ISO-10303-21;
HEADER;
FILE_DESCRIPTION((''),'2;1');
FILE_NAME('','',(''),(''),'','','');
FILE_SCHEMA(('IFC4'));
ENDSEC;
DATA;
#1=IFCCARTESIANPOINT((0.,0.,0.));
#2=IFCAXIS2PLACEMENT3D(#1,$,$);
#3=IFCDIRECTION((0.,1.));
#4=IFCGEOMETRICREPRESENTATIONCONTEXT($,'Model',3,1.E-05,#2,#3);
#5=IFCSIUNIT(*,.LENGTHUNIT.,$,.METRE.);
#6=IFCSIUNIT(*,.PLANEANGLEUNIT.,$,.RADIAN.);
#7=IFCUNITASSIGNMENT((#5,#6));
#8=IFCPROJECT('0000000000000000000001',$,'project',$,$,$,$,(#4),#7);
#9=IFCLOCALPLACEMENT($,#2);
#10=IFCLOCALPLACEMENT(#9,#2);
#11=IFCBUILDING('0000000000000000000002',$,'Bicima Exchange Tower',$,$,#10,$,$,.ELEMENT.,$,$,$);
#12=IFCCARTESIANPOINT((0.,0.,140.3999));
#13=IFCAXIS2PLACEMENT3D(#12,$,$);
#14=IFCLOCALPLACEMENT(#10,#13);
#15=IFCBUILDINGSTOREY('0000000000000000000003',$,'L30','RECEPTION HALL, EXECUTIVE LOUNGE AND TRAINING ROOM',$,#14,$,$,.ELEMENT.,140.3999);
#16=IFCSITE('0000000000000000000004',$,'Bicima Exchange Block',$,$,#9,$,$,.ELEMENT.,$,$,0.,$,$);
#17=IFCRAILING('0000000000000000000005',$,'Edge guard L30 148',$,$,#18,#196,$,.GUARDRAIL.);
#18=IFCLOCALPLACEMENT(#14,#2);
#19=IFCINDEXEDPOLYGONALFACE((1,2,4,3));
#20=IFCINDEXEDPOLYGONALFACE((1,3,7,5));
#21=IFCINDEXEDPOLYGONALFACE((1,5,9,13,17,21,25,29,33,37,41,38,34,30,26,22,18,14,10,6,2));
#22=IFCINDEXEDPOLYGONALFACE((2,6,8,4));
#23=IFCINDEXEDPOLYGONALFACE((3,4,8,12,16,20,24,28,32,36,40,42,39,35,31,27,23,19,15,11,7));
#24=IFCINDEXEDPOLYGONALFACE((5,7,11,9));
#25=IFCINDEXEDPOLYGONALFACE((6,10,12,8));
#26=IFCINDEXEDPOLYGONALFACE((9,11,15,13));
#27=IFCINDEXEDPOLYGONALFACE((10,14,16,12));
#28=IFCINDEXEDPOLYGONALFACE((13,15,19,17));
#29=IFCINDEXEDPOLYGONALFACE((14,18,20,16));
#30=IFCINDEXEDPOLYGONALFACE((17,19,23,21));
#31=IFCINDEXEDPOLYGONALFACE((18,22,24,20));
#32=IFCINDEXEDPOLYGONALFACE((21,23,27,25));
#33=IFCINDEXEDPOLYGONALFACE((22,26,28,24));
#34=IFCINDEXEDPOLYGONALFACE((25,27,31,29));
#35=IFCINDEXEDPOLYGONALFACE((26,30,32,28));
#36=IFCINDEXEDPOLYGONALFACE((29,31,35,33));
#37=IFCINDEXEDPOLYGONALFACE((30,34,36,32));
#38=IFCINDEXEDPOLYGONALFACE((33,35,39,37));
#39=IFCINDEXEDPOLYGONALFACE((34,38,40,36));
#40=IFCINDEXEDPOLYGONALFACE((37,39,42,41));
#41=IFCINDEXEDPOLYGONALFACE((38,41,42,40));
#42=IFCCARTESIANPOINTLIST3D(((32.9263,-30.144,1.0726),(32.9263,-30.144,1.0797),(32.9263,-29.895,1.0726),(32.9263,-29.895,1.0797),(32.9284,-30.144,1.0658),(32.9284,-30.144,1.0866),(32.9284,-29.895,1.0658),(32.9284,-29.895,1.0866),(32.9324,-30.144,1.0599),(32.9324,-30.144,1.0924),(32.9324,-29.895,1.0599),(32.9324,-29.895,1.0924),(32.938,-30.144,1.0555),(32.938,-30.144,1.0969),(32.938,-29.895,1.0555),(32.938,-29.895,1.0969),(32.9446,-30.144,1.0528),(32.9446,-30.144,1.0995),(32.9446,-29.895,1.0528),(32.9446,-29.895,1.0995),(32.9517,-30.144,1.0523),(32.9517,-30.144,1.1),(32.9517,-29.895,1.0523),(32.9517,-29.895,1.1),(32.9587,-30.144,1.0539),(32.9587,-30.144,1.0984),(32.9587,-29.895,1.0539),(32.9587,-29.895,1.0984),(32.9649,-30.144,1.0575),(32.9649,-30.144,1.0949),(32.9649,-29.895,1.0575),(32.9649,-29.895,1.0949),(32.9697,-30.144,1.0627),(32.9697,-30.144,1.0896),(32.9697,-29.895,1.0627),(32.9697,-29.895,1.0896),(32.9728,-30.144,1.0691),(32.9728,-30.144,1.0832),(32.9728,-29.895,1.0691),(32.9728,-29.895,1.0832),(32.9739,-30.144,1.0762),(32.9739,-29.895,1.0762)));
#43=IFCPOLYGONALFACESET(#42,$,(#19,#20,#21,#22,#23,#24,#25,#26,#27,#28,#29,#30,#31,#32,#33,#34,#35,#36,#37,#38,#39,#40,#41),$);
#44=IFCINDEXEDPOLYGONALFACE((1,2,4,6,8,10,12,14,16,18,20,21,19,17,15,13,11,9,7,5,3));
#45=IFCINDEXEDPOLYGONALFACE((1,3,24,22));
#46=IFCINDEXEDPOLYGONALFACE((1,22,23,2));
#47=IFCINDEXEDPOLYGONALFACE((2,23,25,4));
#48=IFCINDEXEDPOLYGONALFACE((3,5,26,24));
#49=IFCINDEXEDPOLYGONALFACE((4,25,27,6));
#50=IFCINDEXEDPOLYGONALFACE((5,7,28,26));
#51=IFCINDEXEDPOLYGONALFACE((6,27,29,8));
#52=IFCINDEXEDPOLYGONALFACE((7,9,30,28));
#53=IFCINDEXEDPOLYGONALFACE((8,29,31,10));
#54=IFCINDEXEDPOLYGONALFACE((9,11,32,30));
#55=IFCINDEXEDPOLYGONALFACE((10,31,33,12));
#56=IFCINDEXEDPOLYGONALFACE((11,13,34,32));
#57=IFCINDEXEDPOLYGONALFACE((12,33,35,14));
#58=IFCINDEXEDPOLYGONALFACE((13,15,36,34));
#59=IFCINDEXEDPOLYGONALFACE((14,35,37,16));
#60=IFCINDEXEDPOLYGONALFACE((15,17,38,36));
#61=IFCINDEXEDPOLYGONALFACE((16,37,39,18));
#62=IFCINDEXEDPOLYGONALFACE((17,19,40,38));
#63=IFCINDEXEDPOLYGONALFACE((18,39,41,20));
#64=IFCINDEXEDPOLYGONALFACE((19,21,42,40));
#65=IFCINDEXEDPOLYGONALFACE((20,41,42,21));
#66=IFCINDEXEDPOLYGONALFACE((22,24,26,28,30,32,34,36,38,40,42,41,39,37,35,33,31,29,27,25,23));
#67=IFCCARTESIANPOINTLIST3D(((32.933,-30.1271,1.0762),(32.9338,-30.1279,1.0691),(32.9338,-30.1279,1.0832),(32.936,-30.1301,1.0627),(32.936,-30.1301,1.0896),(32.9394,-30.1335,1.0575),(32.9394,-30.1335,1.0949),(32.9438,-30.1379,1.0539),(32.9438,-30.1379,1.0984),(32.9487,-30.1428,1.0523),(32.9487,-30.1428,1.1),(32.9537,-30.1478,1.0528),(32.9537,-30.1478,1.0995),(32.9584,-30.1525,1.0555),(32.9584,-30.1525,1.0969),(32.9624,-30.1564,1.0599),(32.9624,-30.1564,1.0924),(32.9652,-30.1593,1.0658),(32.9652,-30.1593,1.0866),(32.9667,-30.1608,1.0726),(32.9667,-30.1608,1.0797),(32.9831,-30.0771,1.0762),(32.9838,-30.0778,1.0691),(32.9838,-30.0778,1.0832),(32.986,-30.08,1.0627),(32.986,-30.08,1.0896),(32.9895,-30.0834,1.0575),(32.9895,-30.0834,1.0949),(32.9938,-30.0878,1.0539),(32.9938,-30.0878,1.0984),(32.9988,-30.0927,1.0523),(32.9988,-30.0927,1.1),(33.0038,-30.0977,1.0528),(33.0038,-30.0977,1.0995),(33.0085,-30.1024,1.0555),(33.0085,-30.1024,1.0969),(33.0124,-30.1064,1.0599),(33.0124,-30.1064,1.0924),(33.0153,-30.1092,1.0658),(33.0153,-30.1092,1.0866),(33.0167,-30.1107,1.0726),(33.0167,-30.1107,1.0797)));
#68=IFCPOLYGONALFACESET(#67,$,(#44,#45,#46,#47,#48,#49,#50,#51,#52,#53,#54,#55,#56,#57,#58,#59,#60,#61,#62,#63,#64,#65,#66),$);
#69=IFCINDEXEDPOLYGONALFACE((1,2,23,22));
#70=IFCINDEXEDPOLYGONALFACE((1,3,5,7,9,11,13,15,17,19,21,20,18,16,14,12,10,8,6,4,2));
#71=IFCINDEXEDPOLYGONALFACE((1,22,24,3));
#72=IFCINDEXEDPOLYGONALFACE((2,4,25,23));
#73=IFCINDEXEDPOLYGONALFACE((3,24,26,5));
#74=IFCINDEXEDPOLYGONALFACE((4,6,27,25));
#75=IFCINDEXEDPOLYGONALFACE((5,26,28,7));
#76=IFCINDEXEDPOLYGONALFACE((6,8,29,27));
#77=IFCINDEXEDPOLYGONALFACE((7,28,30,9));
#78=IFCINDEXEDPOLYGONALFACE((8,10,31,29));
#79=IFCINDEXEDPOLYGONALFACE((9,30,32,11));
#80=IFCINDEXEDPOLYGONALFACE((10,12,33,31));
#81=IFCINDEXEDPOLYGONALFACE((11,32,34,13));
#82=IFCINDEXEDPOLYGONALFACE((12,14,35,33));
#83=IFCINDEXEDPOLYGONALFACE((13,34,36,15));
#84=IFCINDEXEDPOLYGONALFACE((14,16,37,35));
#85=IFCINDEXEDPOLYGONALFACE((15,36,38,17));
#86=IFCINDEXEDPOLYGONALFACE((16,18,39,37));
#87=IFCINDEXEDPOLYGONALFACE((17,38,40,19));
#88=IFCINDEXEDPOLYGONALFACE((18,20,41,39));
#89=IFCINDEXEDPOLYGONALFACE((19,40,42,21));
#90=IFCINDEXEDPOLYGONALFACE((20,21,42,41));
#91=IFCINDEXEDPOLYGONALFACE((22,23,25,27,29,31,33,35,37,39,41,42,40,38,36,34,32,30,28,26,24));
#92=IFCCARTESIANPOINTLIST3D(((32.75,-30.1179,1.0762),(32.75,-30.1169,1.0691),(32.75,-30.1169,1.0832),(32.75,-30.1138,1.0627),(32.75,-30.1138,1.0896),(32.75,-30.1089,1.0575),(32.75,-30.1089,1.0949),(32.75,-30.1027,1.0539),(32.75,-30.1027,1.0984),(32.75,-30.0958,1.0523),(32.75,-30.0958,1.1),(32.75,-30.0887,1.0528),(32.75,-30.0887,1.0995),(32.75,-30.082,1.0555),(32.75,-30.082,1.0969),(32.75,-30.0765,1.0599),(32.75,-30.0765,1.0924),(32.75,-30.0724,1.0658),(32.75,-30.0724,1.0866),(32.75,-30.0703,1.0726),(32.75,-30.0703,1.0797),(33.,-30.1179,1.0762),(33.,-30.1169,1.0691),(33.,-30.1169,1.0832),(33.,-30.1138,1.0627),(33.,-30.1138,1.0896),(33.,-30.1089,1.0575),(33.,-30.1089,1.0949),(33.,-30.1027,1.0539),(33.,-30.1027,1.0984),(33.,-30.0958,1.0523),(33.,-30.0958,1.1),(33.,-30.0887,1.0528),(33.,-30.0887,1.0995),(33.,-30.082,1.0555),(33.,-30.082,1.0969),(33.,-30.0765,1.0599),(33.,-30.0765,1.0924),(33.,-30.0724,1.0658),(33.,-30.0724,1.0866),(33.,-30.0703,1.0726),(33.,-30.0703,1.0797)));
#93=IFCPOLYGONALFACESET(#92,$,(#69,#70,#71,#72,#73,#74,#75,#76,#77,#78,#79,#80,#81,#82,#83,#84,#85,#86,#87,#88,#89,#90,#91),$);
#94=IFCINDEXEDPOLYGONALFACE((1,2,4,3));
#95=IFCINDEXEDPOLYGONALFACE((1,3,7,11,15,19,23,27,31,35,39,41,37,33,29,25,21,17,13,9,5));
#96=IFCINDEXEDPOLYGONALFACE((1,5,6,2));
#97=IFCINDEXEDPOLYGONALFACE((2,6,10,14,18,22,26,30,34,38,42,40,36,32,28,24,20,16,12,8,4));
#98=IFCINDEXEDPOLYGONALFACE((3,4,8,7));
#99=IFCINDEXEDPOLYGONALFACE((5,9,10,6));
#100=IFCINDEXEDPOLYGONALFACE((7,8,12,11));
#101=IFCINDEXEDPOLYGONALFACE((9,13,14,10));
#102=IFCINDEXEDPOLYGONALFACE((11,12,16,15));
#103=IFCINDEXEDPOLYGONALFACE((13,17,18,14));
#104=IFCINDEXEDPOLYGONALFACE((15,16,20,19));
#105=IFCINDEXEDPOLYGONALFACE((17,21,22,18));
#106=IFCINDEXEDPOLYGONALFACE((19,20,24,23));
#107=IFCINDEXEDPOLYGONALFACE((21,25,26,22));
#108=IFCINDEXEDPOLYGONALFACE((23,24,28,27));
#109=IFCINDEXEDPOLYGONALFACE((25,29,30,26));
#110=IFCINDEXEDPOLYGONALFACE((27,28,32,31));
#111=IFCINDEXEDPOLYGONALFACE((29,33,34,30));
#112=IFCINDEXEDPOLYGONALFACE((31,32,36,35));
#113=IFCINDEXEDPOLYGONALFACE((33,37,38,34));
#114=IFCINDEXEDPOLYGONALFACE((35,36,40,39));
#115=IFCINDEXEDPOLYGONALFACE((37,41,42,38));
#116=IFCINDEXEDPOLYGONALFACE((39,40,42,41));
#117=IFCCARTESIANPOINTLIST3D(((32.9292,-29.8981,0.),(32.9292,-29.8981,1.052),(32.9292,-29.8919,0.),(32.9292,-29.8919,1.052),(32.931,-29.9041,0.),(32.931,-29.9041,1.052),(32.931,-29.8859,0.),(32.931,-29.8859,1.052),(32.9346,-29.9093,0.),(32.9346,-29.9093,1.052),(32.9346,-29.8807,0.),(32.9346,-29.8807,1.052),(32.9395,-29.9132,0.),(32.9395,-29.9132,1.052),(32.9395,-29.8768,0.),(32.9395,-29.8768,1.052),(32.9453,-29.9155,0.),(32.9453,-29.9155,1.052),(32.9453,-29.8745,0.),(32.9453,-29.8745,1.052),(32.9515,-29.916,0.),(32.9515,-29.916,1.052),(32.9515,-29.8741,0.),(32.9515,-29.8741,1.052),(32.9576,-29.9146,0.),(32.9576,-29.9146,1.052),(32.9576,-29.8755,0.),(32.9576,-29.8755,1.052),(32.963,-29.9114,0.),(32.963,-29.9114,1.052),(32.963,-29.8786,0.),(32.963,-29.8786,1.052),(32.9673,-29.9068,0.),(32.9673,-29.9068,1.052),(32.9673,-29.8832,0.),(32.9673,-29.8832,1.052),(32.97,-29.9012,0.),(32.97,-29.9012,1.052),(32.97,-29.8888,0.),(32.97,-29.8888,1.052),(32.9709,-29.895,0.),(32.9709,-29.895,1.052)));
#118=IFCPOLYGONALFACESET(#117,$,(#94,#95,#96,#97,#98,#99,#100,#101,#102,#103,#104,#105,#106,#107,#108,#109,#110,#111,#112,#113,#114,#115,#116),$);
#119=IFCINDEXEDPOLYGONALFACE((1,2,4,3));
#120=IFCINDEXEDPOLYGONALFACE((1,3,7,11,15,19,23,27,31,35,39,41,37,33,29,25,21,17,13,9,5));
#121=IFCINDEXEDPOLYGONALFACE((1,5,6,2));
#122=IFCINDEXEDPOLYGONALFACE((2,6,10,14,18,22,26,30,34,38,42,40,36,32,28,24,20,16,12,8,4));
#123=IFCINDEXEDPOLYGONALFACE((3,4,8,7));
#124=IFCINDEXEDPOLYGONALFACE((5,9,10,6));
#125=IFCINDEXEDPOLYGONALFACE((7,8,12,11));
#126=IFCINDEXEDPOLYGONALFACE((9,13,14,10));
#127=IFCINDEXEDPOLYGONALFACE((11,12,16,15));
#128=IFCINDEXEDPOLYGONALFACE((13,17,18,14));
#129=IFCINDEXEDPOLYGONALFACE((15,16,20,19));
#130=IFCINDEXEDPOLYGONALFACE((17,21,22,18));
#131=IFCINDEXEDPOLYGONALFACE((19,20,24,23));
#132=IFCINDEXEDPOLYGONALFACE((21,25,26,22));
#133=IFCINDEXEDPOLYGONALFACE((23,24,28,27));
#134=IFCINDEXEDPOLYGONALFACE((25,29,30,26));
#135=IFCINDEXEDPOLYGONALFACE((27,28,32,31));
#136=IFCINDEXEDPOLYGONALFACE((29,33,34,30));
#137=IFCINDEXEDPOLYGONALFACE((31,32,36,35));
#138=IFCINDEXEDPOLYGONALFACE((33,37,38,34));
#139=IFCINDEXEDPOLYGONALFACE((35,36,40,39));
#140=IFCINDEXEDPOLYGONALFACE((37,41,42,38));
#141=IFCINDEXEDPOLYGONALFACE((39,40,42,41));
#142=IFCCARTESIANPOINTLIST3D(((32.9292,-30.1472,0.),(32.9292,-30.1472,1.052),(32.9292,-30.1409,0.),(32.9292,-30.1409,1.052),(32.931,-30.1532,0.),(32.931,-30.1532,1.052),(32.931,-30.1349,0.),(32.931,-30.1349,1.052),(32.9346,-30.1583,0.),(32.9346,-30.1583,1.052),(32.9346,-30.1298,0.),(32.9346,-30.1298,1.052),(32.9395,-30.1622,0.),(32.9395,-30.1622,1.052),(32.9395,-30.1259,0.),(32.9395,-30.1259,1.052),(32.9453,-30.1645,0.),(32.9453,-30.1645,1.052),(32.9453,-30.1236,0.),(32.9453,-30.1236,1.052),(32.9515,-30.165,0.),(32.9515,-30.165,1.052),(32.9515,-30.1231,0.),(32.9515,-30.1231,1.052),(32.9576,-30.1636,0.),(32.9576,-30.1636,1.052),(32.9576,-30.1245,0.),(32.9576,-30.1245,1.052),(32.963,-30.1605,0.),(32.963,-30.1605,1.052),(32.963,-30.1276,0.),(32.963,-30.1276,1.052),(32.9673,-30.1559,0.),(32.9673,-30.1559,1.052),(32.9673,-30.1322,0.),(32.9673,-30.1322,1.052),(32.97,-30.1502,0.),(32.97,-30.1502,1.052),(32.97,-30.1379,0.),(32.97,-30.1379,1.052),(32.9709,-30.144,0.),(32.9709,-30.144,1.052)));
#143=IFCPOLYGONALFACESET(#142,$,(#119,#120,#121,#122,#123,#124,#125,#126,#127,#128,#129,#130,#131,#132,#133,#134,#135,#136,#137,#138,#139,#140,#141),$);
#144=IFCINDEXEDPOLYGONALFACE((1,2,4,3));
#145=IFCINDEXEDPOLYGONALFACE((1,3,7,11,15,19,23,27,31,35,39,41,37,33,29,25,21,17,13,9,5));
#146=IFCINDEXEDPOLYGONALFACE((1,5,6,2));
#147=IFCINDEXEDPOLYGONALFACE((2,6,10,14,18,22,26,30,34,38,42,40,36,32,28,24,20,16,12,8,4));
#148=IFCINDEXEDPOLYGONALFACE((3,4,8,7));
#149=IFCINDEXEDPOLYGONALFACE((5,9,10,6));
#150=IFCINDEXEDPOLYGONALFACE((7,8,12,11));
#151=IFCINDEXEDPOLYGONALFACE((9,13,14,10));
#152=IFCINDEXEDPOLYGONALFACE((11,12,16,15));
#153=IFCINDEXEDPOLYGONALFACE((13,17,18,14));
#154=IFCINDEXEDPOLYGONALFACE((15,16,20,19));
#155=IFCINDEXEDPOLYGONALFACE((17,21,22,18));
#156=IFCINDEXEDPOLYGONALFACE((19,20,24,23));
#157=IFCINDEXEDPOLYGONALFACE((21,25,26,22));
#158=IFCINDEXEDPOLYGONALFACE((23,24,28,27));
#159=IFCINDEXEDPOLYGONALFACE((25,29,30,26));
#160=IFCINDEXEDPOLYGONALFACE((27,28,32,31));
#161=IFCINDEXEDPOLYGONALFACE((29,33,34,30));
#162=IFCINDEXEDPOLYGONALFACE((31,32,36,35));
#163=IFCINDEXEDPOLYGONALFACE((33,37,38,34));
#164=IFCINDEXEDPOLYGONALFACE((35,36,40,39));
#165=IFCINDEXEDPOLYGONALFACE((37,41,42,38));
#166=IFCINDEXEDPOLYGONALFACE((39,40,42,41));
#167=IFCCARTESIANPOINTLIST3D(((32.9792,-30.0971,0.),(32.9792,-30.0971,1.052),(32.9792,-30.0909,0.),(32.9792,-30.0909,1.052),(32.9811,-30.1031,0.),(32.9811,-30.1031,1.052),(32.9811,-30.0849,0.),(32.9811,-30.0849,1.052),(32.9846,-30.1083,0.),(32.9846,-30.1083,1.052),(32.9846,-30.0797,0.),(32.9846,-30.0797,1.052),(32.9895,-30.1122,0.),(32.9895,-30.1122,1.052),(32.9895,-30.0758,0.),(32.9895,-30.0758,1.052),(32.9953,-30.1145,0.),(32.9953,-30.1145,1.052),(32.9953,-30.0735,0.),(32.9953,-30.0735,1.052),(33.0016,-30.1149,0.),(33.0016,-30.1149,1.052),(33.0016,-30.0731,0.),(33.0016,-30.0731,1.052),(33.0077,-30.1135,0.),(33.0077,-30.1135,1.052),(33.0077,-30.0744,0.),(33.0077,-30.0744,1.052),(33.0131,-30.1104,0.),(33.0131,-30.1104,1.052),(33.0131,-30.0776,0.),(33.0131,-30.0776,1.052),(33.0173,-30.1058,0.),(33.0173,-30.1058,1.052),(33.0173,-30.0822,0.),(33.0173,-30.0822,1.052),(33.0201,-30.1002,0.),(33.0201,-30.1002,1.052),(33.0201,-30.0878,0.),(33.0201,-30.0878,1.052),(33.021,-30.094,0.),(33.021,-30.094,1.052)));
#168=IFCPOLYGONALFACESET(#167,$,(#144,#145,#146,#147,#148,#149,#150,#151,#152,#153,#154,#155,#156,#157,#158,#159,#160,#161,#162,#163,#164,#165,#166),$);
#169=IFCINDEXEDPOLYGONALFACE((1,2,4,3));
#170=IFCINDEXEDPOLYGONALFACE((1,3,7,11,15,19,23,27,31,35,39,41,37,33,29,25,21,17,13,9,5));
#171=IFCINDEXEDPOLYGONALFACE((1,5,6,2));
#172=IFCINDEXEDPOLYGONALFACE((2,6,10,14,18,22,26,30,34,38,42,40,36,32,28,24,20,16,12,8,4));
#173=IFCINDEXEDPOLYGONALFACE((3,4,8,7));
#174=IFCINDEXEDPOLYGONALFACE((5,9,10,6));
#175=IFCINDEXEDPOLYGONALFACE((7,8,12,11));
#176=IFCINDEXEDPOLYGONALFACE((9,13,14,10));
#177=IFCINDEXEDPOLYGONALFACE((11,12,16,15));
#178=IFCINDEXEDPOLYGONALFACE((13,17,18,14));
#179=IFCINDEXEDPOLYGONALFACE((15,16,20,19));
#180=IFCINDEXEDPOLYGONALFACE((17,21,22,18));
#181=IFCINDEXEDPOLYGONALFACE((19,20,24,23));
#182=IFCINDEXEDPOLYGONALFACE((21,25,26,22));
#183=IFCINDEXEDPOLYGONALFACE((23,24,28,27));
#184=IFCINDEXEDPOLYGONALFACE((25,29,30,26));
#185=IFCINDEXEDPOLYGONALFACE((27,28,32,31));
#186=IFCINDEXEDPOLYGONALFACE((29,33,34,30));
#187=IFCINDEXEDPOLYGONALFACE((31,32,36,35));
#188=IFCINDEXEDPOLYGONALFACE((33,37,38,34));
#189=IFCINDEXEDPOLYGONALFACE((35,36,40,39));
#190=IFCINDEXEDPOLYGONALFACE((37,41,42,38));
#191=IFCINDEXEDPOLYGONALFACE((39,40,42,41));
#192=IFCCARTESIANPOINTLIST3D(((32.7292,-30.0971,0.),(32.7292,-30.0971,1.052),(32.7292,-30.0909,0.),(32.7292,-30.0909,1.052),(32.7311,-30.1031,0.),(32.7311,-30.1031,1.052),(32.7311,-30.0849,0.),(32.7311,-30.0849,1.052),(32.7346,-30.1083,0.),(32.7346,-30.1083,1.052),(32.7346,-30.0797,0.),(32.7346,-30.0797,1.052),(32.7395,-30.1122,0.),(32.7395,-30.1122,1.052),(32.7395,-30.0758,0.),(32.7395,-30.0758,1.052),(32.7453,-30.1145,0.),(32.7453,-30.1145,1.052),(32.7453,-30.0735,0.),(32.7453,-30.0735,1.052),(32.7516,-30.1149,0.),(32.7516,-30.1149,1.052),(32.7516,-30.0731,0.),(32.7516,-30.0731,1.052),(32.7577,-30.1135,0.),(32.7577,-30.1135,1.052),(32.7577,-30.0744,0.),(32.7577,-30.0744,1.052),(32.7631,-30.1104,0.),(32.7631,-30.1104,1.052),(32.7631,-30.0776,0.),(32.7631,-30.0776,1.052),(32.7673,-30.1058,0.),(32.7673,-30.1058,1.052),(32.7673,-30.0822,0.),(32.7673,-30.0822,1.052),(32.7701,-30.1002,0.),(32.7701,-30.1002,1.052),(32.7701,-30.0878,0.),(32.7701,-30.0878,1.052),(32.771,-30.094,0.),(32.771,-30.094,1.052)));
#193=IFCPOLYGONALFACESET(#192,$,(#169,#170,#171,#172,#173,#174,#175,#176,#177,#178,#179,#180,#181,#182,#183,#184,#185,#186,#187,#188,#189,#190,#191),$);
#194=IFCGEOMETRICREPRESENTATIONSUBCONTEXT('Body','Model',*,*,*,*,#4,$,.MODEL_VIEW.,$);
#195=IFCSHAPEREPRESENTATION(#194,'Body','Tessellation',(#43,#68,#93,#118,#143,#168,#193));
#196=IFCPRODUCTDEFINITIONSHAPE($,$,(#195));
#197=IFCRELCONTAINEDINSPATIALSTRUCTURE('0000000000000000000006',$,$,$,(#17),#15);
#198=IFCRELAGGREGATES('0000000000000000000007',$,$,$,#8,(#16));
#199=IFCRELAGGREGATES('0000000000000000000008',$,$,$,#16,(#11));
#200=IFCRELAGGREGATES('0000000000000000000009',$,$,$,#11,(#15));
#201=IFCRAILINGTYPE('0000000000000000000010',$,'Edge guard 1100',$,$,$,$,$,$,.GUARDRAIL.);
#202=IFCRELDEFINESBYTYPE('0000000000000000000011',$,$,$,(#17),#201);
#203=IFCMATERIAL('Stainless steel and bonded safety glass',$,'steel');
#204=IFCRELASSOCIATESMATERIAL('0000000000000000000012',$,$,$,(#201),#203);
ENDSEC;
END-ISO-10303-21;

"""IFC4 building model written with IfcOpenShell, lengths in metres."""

from ifc_helpers import new_model, si_unit, direction, frame, origin, origin_2d, place, context, subcontext, project, spatial, circle, extrude, material, type_object, element, save


model = new_model("IFC4")

# Units and contexts
model_context = context("Model", 3, precision=1e-05, world=origin(), true_north=direction((0.0, 1.0)))
body_context = subcontext(model_context, "Body", "Model", "MODEL_VIEW")
ifc_project = project(units=[si_unit("LENGTHUNIT", "METRE"), si_unit("PLANEANGLEUNIT", "RADIAN")], contexts=[model_context])

# Site, building, storey
site_placement = place(None, origin())
site = spatial("IfcSite", under=ifc_project, at=site_placement, Name="Bicima Exchange Block", CompositionType="ELEMENT", RefElevation=0.0)
building_placement = place(site_placement, origin())
building = spatial("IfcBuilding", under=site, at=building_placement, Name="Bicima Exchange Tower", CompositionType="ELEMENT")
storey_placement = place(building_placement, frame((0.0, 0.0, 140.3999)))
storey = spatial("IfcBuildingStorey", under=building, at=storey_placement, Name="L30", Description="RECEPTION HALL, EXECUTIVE LOUNGE AND TRAINING ROOM", CompositionType="ELEMENT", Elevation=140.3999)

# Railing
ifc_material_1 = material(Name="Stainless steel and bonded safety glass", Category="steel")
railing_type = type_object("IfcRailingType", Name="Edge guard 1100", PredefinedType="GUARDRAIL", material=ifc_material_1)
railing_placement = place(storey_placement, frame((32.95, -29.895, 0.0)))
element("IfcRailing", 1, at=railing_placement, inside=storey, type_object=railing_type, Name="Edge guard L30 148", PredefinedType="GUARDRAIL", context=body_context, shape_type="SweptSolid", body=[
    extrude(circle(Radius=0.0239, at=origin_2d()), frame((0.0, 0.0, 1.0762), z_axis=(0.0, -1.0, 0.0), x_axis=(1.0, 0.0, 0.0)), (0.0, 0.0, 1.0), 0.249),
    extrude(circle(Radius=0.0239, at=origin_2d()), frame((0.0, -0.249, 1.0762), z_axis=(0.707107, 0.707107, 0.0), x_axis=(-0.707107, 0.707107, 0.0)), (0.0, 0.0, 1.0), 0.0708),
    extrude(circle(Radius=0.0239, at=origin_2d()), frame((0.05, -0.199, 1.0762), z_axis=(-1.0, 0.0, 0.0), x_axis=(0.0, -1.0, 0.0)), (0.0, 0.0, 1.0), 0.25),
    extrude(circle(Radius=0.021, at=origin_2d()), origin(), (0.0, 0.0, 1.0), 1.052),
    extrude(circle(Radius=0.021, at=origin_2d()), frame((0.0, -0.249, 0.0)), (0.0, 0.0, 1.0), 1.052),
    extrude(circle(Radius=0.021, at=origin_2d()), frame((0.05, -0.199, 0.0)), (0.0, 0.0, 1.0), 1.052),
    extrude(circle(Radius=0.021, at=origin_2d()), frame((-0.2, -0.199, 0.0)), (0.0, 0.0, 1.0), 1.052),
])

save(model, "model.ifc")
